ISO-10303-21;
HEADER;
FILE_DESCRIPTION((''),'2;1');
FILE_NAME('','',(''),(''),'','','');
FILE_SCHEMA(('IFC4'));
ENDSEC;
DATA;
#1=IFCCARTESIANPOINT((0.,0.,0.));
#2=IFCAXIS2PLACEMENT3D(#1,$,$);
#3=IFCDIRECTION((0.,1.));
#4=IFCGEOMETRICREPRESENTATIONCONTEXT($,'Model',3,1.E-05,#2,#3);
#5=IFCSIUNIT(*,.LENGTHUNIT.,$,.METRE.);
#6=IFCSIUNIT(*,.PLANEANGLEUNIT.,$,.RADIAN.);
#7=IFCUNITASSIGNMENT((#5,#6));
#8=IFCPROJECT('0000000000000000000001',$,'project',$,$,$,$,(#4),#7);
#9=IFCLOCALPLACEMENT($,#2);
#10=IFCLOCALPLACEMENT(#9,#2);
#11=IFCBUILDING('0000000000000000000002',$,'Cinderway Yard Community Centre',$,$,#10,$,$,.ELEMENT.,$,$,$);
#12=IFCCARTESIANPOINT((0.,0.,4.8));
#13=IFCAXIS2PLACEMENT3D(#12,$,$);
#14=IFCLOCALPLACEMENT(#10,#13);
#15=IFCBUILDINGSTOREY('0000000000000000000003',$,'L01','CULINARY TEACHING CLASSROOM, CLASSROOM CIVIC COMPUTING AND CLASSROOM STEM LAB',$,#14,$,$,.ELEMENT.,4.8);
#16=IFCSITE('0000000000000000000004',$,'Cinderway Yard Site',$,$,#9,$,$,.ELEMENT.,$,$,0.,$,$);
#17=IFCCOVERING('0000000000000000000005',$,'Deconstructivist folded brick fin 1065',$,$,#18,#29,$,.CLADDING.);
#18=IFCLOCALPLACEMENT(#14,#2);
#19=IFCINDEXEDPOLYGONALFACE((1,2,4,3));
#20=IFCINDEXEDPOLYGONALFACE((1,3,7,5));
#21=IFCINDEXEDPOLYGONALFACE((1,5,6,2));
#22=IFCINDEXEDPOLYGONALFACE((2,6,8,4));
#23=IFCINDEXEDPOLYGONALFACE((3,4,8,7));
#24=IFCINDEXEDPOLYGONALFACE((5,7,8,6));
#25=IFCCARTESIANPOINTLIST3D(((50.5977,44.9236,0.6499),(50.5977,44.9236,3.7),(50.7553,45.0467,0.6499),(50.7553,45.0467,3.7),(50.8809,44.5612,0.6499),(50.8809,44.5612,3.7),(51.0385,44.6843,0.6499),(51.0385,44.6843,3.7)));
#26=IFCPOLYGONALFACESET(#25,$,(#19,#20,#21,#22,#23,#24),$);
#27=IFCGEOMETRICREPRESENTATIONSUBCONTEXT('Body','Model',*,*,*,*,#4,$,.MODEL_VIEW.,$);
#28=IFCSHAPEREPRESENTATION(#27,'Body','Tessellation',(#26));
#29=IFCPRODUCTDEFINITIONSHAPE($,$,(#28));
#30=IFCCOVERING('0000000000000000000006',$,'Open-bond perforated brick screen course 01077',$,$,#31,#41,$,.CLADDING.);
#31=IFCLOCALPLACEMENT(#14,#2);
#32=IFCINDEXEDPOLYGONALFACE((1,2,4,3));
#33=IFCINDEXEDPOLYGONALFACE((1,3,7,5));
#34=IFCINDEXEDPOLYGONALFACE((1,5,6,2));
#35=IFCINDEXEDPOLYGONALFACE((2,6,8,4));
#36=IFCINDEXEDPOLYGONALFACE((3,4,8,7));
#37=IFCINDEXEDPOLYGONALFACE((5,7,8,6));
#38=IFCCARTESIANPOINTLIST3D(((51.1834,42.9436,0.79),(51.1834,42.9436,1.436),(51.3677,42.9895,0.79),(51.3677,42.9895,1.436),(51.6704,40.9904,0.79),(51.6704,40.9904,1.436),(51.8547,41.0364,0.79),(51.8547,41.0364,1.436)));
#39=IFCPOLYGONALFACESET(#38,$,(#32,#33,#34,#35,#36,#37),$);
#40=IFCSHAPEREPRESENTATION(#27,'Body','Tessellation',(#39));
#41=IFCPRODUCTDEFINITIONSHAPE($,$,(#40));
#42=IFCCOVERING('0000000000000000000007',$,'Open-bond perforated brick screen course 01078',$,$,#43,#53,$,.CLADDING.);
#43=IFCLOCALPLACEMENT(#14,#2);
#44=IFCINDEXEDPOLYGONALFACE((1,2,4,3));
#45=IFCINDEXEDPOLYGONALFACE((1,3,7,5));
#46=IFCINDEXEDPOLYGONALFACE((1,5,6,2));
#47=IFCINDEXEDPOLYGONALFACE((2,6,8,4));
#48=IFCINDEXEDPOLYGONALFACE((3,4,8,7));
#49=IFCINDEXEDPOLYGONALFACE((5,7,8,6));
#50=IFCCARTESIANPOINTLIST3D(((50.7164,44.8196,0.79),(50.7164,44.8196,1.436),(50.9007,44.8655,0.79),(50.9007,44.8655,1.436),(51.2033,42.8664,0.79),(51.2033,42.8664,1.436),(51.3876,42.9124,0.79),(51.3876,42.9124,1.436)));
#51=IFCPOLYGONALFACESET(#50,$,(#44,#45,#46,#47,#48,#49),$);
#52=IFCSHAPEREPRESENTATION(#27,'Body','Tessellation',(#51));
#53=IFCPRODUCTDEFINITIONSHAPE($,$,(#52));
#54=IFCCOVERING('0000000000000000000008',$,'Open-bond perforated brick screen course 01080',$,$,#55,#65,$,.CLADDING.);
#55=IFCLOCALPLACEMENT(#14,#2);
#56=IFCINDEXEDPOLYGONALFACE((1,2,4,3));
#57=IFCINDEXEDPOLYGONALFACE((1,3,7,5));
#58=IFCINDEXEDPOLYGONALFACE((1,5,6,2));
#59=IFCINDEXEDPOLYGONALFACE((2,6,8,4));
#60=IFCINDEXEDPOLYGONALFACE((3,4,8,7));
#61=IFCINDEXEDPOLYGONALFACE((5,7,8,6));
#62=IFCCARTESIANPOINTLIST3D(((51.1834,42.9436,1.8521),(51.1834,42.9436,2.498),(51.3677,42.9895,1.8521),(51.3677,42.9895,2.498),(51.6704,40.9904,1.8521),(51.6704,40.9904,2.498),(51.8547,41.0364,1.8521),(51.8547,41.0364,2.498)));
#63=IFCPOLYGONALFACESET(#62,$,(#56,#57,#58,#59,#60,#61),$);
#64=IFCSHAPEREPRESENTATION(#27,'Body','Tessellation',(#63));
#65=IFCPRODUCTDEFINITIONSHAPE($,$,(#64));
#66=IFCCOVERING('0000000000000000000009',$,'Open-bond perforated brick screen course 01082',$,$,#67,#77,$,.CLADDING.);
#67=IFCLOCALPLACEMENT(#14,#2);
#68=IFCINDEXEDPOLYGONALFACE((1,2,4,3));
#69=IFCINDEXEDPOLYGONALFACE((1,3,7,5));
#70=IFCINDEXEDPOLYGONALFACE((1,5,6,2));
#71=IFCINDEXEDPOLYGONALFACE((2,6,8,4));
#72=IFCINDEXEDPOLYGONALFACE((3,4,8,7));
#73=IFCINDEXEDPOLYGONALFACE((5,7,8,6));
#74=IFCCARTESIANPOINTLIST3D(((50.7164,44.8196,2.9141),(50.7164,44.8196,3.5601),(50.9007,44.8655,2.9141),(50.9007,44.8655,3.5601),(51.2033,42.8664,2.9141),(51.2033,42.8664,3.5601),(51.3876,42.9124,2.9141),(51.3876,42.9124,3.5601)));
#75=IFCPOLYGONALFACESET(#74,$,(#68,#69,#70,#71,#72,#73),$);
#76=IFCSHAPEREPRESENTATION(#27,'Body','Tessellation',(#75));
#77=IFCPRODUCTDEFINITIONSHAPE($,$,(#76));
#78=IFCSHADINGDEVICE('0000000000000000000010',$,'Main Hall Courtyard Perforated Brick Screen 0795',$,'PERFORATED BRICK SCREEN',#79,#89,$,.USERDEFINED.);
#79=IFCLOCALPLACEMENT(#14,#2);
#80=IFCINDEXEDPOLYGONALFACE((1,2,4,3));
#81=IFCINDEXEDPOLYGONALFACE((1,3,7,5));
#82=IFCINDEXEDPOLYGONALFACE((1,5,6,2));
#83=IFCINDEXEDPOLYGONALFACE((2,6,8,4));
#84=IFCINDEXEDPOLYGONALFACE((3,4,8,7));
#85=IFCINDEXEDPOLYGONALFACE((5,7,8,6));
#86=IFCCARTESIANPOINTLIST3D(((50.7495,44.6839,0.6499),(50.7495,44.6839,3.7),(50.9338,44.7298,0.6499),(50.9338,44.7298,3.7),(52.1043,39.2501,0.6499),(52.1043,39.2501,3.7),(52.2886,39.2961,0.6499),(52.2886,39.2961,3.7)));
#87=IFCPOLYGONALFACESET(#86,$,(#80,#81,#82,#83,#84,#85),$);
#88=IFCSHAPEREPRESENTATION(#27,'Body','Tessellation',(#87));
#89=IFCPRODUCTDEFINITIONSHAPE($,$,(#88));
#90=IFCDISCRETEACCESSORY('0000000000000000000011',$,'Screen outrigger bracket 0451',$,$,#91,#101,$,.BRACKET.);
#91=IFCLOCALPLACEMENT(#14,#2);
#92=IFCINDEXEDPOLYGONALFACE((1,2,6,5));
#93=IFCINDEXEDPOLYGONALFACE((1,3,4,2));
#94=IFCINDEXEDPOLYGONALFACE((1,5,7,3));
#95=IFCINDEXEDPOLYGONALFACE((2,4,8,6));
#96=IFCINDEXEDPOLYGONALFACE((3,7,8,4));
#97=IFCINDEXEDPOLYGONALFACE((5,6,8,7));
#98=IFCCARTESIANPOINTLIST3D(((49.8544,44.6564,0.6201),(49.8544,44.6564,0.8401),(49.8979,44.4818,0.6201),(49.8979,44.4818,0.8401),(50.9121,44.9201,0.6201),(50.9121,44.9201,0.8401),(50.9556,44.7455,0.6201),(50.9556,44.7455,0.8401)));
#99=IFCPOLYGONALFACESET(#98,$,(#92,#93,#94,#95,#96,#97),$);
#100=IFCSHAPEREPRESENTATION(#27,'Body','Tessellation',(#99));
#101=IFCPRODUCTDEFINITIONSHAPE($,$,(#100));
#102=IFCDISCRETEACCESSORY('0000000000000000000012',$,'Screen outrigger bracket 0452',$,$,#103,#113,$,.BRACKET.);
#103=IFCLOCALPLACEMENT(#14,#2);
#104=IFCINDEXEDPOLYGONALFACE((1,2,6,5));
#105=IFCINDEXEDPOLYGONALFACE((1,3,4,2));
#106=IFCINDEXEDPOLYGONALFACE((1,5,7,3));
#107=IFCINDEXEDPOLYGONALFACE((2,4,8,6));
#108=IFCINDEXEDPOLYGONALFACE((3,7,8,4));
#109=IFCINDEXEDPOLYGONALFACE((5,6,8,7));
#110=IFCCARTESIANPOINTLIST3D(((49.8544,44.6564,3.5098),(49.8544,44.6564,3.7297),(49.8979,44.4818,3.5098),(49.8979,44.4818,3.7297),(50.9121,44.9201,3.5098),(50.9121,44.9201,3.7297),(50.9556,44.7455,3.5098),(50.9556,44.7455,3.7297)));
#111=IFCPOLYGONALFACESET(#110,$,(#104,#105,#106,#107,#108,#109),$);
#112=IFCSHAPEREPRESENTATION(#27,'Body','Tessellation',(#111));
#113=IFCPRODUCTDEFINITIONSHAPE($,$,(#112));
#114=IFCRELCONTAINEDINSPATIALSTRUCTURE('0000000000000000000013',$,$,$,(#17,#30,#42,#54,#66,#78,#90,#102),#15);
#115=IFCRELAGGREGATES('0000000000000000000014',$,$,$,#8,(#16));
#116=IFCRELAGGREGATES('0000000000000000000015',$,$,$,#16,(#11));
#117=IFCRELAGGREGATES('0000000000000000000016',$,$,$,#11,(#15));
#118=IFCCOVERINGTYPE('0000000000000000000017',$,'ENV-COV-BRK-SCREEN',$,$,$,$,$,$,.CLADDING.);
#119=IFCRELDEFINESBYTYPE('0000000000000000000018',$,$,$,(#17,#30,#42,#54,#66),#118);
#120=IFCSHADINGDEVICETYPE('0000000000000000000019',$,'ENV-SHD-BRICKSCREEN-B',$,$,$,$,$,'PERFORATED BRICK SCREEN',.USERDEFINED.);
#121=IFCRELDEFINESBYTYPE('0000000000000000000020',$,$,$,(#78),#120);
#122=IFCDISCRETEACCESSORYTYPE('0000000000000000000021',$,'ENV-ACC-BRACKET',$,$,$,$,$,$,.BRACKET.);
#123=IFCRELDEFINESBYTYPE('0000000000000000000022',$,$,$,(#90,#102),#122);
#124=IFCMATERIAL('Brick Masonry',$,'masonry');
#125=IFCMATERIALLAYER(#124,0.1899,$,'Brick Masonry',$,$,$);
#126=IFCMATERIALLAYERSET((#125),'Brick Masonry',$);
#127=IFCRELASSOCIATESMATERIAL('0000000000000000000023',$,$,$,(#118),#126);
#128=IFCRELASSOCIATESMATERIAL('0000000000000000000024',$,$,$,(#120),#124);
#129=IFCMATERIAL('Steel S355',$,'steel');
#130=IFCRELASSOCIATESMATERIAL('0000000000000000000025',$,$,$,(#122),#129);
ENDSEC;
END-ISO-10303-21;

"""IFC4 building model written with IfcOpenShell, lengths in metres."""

from ifc_helpers import new_model, si_unit, direction, frame, origin, origin_2d, place, context, subcontext, project, spatial, rectangle, extrude, material, layer, layer_set, type_object, element, save


model = new_model("IFC4")

# Units and contexts
model_context = context("Model", 3, precision=1e-05, world=origin(), true_north=direction((0.0, 1.0)))
body_context = subcontext(model_context, "Body", "Model", "MODEL_VIEW")
ifc_project = project(units=[si_unit("LENGTHUNIT", "METRE"), si_unit("PLANEANGLEUNIT", "RADIAN")], contexts=[model_context])

# Site, building, storey
site_placement = place(None, origin())
site = spatial("IfcSite", under=ifc_project, at=site_placement, Name="Cinderway Yard Site", CompositionType="ELEMENT", RefElevation=0.0)
building_placement = place(site_placement, origin())
building = spatial("IfcBuilding", under=site, at=building_placement, Name="Cinderway Yard Community Centre", CompositionType="ELEMENT")
storey_placement = place(building_placement, frame((0.0, 0.0, 4.8)))
storey = spatial("IfcBuildingStorey", under=building, at=storey_placement, Name="L01", Description="CULINARY TEACHING CLASSROOM, CLASSROOM CIVIC COMPUTING AND CLASSROOM STEM LAB", CompositionType="ELEMENT", Elevation=4.8)

# Shared definitions
ifc_material_1 = material(Name="Steel S355", Category="steel")

# Coverings
ifc_material_2 = material(Name="Brick Masonry", Category="masonry")
ifc_layer_1 = layer(ifc_material_2, 0.1899, Name="Brick Masonry")
ifc_layer_set_1 = layer_set([ifc_layer_1], Name="Brick Masonry")
covering_type = type_object("IfcCoveringType", Name="ENV-COV-BRK-SCREEN", PredefinedType="CLADDING", material=ifc_layer_set_1)
covering_placement = place(storey_placement, frame((50.8181, 44.804, 0.6499), z_axis=(0.0, 0.0, 1.0), x_axis=(0.615661, -0.788011, 0.0)))
element("IfcCovering", 1, at=covering_placement, inside=storey, type_object=covering_type, Name="Deconstructivist folded brick fin 1065", PredefinedType="CLADDING", context=body_context, shape_type="SweptSolid", body=[
    extrude(rectangle(XDim=0.46, YDim=0.2, at=origin_2d()), origin(), (0.0, 0.0, 1.0), 3.05),
])
for number, where, z_axis, x_axis, name in (
    (2, (51.519, 41.99, 0.79), (0.0, 0.0, 1.0), (0.241922, -0.970296, 0.0), "Open-bond perforated brick screen course 01077"),
    (3, (51.052, 43.866, 0.79), (0.0, 0.0, 1.0), (0.241922, -0.970296, 0.0), "Open-bond perforated brick screen course 01078"),
    (4, (51.519, 41.99, 1.8521), (0.0, 0.0, 1.0), (0.241922, -0.970296, 0.0), "Open-bond perforated brick screen course 01080"),
    (5, (51.052, 43.866, 2.9141), (0.0, 0.0, 1.0), (0.241922, -0.970296, 0.0), "Open-bond perforated brick screen course 01082"),
):
    element("IfcCovering", number, at=place(storey_placement, frame(where, z_axis=z_axis, x_axis=x_axis)), inside=storey, type_object=covering_type, Name=name, PredefinedType="CLADDING", context=body_context, shape_type="SweptSolid", body=[
        extrude(rectangle(XDim=2.0129, YDim=0.1899, at=origin_2d()), origin(), (0.0, 0.0, 1.0), 0.646),
    ])

# Shading device
shading_device_type = type_object("IfcShadingDeviceType", Name="ENV-SHD-BRICKSCREEN-B", ElementType="PERFORATED BRICK SCREEN", PredefinedType="USERDEFINED", material=ifc_material_2)
shading_device_placement = place(storey_placement, frame((51.519, 41.99, 0.6499), z_axis=(0.0, 0.0, 1.0), x_axis=(0.241922, -0.970296, 0.0)))
element("IfcShadingDevice", 6, at=shading_device_placement, inside=storey, type_object=shading_device_type, Name="Main Hall Courtyard Perforated Brick Screen 0795", ObjectType="PERFORATED BRICK SCREEN", PredefinedType="USERDEFINED", context=body_context, shape_type="SweptSolid", body=[
    extrude(rectangle(XDim=5.6001, YDim=0.1899, at=origin_2d()), origin(), (0.0, 0.0, 1.0), 3.05),
])

# Discrete accessories
discrete_accessory_type = type_object("IfcDiscreteAccessoryType", Name="ENV-ACC-BRACKET", PredefinedType="BRACKET", material=ifc_material_1)
for number, where, z_axis, x_axis, name in (
    (7, (50.405, 44.7009, 0.6201), (0.0, 0.0, 1.0), (0.970296, 0.241922, 0.0), "Screen outrigger bracket 0451"),
    (8, (50.405, 44.7009, 3.5098), (0.0, 0.0, 1.0), (0.970296, 0.241922, 0.0), "Screen outrigger bracket 0452"),
):
    element("IfcDiscreteAccessory", number, at=place(storey_placement, frame(where, z_axis=z_axis, x_axis=x_axis)), inside=storey, type_object=discrete_accessory_type, Name=name, PredefinedType="BRACKET", context=body_context, shape_type="SweptSolid", body=[
        extrude(rectangle(XDim=1.0901, YDim=0.1799, at=origin_2d()), origin(), (0.0, 0.0, 1.0), 0.22),
    ])

save(model, "model.ifc")
